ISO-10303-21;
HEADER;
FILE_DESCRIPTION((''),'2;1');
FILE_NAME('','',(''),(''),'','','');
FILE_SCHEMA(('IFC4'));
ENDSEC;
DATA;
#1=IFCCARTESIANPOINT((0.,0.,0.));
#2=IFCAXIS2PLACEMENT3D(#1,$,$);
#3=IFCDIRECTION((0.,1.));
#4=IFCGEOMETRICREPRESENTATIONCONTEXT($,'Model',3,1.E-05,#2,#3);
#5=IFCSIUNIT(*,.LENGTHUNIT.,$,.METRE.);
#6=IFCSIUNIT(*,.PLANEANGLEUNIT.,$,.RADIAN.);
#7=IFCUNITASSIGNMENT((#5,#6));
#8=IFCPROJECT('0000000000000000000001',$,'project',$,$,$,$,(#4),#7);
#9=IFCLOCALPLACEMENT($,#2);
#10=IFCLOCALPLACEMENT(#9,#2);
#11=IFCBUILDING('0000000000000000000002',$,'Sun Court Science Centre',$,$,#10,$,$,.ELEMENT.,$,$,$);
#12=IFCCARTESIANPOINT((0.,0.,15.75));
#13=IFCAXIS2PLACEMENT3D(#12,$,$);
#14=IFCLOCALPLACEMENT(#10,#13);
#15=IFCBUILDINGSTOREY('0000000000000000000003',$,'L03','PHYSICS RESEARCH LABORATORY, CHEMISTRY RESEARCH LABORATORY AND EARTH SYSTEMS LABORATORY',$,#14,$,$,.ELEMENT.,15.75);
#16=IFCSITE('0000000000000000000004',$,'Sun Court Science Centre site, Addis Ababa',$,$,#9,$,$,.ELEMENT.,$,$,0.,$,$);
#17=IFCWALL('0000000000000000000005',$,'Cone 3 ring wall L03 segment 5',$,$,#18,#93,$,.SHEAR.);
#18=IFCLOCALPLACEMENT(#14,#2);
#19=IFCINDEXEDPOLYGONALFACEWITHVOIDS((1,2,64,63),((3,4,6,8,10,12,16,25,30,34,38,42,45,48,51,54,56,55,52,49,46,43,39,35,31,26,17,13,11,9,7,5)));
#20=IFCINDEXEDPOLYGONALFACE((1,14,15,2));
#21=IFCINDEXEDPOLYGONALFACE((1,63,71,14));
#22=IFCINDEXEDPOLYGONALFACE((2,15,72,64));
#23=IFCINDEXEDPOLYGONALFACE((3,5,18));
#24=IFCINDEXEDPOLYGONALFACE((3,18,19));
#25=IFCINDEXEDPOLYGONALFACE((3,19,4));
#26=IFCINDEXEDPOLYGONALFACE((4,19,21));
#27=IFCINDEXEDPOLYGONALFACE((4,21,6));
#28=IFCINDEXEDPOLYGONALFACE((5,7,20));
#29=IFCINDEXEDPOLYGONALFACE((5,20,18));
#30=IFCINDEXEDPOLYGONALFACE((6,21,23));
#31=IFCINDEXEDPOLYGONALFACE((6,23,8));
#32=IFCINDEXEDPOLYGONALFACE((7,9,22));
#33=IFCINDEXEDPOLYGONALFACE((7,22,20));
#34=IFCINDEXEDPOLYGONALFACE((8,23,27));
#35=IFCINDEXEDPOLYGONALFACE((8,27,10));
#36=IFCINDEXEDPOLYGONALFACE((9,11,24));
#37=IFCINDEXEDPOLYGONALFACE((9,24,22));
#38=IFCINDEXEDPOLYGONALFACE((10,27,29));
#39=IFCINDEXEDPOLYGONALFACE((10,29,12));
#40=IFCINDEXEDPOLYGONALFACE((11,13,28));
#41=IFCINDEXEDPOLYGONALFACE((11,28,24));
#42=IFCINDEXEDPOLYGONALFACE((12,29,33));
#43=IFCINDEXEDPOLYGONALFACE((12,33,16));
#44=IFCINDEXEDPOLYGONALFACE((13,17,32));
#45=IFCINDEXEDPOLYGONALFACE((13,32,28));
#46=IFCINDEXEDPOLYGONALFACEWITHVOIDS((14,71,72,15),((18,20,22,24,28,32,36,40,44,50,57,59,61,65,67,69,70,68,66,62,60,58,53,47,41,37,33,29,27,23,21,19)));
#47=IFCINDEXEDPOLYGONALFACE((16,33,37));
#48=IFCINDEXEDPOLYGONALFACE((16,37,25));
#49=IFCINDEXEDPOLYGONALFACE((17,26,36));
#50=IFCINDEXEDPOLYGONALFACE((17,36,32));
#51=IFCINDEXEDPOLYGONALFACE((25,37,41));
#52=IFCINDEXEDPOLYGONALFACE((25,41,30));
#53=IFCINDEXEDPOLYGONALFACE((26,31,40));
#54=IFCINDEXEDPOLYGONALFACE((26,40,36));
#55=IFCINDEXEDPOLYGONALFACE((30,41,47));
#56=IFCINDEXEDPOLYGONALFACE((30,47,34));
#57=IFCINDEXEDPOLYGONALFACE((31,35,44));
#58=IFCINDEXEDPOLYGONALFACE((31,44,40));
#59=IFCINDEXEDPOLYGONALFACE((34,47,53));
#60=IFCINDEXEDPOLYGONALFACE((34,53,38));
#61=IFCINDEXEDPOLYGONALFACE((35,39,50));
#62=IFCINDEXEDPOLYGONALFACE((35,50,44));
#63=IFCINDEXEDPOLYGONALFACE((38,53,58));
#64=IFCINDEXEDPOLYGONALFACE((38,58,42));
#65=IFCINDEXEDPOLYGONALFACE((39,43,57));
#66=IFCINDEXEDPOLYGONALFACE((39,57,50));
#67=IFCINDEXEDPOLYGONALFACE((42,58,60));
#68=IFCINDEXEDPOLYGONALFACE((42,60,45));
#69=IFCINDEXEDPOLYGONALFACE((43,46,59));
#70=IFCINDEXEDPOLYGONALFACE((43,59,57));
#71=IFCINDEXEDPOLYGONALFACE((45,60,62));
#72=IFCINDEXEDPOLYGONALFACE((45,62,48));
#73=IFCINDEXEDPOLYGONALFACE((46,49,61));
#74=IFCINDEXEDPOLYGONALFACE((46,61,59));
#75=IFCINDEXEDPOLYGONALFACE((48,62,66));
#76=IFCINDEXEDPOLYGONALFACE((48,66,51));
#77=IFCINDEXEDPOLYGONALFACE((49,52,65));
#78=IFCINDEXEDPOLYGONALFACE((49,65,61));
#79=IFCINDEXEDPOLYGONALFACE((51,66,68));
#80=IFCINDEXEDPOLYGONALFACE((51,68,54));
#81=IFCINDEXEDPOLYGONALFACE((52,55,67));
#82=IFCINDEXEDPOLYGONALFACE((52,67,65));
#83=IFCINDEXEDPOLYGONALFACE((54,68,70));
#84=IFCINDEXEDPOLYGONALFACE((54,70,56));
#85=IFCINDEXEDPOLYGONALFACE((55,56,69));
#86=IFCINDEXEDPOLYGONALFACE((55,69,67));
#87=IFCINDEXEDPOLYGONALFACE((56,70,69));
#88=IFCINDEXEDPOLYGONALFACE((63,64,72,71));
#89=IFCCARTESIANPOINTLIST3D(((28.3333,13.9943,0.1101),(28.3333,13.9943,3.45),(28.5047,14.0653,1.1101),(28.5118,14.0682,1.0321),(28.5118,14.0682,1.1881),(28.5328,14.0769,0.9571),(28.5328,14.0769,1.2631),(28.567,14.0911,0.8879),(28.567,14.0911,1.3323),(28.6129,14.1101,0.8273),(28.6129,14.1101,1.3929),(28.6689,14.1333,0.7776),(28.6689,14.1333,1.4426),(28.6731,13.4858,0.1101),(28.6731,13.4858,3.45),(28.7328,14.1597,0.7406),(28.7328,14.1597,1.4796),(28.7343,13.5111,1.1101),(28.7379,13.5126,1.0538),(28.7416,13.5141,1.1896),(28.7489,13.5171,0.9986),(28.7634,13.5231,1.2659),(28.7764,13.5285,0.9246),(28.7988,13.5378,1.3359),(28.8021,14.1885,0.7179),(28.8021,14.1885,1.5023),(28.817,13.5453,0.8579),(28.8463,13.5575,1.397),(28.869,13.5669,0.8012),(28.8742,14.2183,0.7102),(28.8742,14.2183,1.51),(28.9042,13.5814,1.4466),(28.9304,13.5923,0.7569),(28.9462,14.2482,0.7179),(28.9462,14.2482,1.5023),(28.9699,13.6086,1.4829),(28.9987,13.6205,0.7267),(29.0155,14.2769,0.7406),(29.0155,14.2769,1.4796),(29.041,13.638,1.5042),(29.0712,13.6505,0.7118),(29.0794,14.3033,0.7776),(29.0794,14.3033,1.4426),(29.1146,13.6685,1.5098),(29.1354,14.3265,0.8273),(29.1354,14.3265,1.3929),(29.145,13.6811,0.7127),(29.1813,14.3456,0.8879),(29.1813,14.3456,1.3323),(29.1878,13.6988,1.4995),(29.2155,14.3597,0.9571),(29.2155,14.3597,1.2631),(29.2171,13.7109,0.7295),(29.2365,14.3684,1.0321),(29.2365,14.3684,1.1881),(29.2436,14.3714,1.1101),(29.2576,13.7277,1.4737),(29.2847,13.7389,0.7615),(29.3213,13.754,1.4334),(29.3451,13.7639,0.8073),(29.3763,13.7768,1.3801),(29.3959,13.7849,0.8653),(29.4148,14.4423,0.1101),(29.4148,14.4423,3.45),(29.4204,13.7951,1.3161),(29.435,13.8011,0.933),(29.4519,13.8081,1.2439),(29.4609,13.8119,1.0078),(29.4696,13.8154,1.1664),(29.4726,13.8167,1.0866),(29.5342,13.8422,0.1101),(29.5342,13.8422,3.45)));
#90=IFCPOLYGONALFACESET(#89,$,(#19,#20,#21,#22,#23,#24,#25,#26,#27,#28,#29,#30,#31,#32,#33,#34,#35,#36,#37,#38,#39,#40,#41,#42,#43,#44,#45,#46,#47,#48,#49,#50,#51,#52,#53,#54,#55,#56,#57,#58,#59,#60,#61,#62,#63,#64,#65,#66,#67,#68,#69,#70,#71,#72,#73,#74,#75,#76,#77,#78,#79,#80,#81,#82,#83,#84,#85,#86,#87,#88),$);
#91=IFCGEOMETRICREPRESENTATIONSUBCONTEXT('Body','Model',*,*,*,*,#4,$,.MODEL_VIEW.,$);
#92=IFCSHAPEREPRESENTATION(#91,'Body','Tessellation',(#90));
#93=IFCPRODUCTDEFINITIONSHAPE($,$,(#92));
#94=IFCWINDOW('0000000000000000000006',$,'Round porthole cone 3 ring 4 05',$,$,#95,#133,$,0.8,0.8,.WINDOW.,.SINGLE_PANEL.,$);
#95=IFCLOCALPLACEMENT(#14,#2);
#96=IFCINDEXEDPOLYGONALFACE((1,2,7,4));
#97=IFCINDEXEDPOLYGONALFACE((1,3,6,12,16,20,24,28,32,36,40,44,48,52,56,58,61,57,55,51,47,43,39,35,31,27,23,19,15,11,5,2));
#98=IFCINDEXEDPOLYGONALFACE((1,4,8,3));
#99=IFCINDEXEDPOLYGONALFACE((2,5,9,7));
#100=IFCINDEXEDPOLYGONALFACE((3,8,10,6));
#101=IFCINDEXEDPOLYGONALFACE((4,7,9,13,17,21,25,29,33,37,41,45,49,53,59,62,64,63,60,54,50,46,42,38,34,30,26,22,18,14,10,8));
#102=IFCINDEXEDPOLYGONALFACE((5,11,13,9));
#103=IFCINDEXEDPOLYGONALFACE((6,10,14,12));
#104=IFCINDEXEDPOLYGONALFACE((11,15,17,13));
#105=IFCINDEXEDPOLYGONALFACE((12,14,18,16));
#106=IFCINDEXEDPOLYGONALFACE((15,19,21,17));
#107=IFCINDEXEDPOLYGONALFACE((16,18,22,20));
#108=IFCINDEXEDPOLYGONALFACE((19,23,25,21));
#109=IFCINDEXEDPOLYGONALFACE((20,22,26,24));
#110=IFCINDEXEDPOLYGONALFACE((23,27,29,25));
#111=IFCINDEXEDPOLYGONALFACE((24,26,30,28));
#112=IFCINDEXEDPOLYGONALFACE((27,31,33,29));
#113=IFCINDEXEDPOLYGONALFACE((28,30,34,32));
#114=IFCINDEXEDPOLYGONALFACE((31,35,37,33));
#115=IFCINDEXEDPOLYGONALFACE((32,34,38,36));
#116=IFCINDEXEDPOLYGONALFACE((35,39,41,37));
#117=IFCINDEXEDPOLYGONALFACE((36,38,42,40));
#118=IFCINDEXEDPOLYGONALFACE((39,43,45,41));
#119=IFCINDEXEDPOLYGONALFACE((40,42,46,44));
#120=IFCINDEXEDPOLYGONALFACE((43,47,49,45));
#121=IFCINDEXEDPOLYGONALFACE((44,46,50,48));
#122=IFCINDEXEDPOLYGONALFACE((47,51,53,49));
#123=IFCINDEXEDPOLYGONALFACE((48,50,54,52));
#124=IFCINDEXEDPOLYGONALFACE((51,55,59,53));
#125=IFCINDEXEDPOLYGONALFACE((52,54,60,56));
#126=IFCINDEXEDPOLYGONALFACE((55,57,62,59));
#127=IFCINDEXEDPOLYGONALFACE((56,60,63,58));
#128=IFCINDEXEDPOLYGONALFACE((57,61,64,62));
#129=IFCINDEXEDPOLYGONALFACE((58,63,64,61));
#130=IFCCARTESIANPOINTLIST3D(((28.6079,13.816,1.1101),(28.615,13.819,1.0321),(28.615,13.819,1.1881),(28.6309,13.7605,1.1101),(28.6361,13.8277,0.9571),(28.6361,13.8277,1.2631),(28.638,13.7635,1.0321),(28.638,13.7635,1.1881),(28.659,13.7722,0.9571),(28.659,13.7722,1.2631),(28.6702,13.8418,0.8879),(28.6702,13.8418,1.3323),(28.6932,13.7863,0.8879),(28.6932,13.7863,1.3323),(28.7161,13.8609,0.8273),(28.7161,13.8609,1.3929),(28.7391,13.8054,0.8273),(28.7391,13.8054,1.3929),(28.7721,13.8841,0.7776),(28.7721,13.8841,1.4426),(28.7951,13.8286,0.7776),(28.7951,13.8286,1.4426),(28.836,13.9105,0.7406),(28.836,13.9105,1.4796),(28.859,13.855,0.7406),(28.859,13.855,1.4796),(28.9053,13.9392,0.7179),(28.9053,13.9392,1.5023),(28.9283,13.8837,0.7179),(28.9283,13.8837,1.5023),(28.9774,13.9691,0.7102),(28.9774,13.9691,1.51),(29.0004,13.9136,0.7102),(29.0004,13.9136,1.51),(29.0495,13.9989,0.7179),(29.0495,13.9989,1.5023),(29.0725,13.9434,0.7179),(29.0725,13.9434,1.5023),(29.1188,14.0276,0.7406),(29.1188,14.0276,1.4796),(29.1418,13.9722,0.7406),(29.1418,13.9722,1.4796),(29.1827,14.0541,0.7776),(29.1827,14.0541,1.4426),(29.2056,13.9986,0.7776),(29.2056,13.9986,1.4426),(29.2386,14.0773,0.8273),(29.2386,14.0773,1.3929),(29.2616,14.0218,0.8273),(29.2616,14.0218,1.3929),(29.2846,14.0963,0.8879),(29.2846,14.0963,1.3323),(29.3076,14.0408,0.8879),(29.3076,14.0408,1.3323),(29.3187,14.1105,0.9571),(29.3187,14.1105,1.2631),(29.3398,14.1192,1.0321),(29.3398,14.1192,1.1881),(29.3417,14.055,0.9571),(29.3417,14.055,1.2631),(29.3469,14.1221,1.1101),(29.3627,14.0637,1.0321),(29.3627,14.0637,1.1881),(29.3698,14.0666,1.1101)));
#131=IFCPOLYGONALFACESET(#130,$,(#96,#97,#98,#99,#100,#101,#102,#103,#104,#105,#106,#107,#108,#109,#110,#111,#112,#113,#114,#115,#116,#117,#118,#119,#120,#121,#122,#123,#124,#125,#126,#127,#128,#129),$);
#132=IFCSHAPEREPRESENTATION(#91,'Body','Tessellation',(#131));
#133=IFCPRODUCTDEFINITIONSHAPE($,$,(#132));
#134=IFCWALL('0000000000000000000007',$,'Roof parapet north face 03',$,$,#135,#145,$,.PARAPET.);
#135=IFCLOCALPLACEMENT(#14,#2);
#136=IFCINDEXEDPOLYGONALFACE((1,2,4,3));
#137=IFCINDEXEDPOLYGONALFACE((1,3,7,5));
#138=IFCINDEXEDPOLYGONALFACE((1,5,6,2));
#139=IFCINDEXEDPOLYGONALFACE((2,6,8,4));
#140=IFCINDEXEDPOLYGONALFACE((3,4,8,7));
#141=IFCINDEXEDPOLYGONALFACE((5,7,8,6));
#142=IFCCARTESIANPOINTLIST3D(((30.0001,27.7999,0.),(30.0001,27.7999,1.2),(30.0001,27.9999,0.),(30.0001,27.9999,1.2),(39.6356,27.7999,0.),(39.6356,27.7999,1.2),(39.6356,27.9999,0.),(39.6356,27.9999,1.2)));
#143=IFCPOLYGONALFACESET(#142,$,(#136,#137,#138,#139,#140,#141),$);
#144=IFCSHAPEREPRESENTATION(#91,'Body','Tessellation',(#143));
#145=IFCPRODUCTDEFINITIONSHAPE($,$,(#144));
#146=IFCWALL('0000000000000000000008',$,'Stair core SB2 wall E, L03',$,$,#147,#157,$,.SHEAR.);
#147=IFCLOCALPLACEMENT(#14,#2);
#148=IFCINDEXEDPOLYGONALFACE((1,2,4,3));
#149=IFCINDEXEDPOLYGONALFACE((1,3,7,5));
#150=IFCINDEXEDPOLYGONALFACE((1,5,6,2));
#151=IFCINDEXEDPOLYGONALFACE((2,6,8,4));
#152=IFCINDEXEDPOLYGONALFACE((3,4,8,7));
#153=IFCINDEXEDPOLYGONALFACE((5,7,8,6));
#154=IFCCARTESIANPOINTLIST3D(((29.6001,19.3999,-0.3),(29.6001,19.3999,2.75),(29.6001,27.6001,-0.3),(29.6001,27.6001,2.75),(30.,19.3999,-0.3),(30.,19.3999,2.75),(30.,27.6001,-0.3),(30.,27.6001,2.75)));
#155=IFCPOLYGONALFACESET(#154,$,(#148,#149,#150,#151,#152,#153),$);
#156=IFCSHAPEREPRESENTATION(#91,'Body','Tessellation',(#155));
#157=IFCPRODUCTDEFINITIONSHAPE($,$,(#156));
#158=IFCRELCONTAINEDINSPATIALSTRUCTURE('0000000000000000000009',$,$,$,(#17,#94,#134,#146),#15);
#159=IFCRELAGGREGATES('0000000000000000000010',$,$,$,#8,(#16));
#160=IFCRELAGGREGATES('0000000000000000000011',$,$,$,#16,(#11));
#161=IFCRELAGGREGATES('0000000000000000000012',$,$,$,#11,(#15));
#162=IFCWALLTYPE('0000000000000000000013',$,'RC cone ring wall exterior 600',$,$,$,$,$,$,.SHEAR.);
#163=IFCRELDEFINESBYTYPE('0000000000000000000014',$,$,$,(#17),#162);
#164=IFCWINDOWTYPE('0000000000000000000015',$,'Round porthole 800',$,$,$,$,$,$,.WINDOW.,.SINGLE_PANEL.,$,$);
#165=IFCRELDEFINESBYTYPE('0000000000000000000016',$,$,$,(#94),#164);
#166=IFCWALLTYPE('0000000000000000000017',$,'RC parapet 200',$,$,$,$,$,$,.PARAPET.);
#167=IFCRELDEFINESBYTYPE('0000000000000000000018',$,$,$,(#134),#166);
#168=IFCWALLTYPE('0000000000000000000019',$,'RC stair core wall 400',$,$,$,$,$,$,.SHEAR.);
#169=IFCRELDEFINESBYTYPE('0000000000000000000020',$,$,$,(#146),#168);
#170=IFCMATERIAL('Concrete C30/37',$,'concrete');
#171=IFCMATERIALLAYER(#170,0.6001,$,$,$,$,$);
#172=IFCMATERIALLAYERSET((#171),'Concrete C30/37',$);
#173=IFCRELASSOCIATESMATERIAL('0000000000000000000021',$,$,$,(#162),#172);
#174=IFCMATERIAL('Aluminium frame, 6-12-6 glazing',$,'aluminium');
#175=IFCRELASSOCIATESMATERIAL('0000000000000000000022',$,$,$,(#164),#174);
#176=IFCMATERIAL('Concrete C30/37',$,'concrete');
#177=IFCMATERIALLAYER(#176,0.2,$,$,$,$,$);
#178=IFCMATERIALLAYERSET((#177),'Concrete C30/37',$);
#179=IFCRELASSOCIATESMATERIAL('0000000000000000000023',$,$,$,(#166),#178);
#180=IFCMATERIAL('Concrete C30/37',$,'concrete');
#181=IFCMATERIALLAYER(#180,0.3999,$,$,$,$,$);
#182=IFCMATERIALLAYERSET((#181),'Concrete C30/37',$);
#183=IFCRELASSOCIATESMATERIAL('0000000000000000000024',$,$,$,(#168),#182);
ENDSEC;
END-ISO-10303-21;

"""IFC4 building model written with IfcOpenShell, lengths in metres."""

from ifc_helpers import new_model, si_unit, direction, frame, frame_2d, origin, place, context, subcontext, project, spatial, polyline, rectangle, circle, outline, extrude, material, layer, layer_set, type_object, element, fill, save


model = new_model("IFC4")

# Units and contexts
model_context = context("Model", 3, precision=1e-05, world=origin(), true_north=direction((0.0, 1.0)))
body_context = subcontext(model_context, "Body", "Model", "MODEL_VIEW")
ifc_project = project(units=[si_unit("LENGTHUNIT", "METRE"), si_unit("PLANEANGLEUNIT", "RADIAN")], contexts=[model_context])

# Site, building, storey
site_placement = place(None, origin())
site = spatial("IfcSite", under=ifc_project, at=site_placement, Name="Sun Court Science Centre site, Addis Ababa", CompositionType="ELEMENT", RefElevation=0.0)
building_placement = place(site_placement, origin())
building = spatial("IfcBuilding", under=site, at=building_placement, Name="Sun Court Science Centre", CompositionType="ELEMENT")
storey_placement = place(building_placement, frame((0.0, 0.0, 15.75)))
storey = spatial("IfcBuildingStorey", under=building, at=storey_placement, Name="L03", Description="PHYSICS RESEARCH LABORATORY, CHEMISTRY RESEARCH LABORATORY AND EARTH SYSTEMS LABORATORY", CompositionType="ELEMENT", Elevation=15.75)

# Wall, opening, window
ifc_material_1 = material(Name="Concrete C30/37", Category="concrete")
ifc_layer_1 = layer(ifc_material_1, 0.6001)
ifc_layer_set_1 = layer_set([ifc_layer_1], Name="Concrete C30/37")
wall_type_1 = type_object("IfcWallType", Name="RC cone ring wall exterior 600", PredefinedType="SHEAR", material=ifc_layer_set_1)
ifc_material_2 = material(Name="Aluminium frame, 6-12-6 glazing", Category="aluminium")
window_type = type_object("IfcWindowType", Name="Round porthole 800", PartitioningType="SINGLE_PANEL", PredefinedType="WINDOW", material=ifc_material_2)
wall_1_placement = place(storey_placement, frame((29.5295, 14.1653, 0.1101), z_axis=(0.0, 0.0, 1.0), x_axis=(-0.923877, -0.382689, 0.0)))
wall_1 = element("IfcWall", 1, at=wall_1_placement, inside=storey, type_object=wall_type_1, Name="Cone 3 ring wall L03 segment 5", PredefinedType="SHEAR", context=body_context, shape_type="SweptSolid", body=[
    extrude(outline(polyline([(0.0, -0.2998), (1.1707, -0.2998), (1.0513, 0.3), (0.1194, 0.3003), (0.0, -0.2998)])), origin(), (0.0, 0.0, 1.0), 3.3398),
])
opening_1_placement = place(wall_1_placement, frame((0.1853, 0.0, 0.6001)))
opening_1 = element("IfcOpeningElement", 2, at=opening_1_placement, cuts=wall_1, PredefinedType="OPENING", context=body_context, shape_type="SweptSolid", body=[
    extrude(circle(Radius=0.3999, at=frame_2d((0.3999, 0.3999))), frame((0.0, 0.3101, 0.0), z_axis=(0.0, -1.0, 0.0), x_axis=(1.0, 0.0, 0.0)), (0.0, 0.0, 1.0), 0.6201),
])
window_1_placement = place(opening_1_placement, origin())
window_1 = element("IfcWindow", 3, at=window_1_placement, inside=storey, type_object=window_type, Name="Round porthole cone 3 ring 4 05", OverallHeight=0.8, OverallWidth=0.8, PartitioningType="SINGLE_PANEL", PredefinedType="WINDOW", context=body_context, shape_type="SweptSolid", body=[
    extrude(circle(Radius=0.3999, at=frame_2d((0.3999, 0.3999))), frame((0.0, 0.03, 0.0), z_axis=(0.0, -1.0, 0.0), x_axis=(1.0, 0.0, 0.0)), (0.0, 0.0, 1.0), 0.0601),
])
fill(opening_1, window_1)

# Walls
ifc_material_3 = material(Name="Concrete C30/37", Category="concrete")
ifc_layer_2 = layer(ifc_material_3, 0.2)
ifc_layer_set_2 = layer_set([ifc_layer_2], Name="Concrete C30/37")
wall_type_2 = type_object("IfcWallType", Name="RC parapet 200", PredefinedType="PARAPET", material=ifc_layer_set_2)
wall_2_placement = place(storey_placement, frame((30.0, 27.8999, 0.0), z_axis=(0.0, 0.0, 1.0), x_axis=(1.0, 0.0, 0.0)))
element("IfcWall", 4, at=wall_2_placement, inside=storey, type_object=wall_type_2, Name="Roof parapet north face 03", PredefinedType="PARAPET", context=body_context, shape_type="SweptSolid", body=[
    extrude(rectangle(XDim=9.6355, YDim=0.2, at=frame_2d((4.8179, 0.0))), origin(), (0.0, 0.0, 1.0), 1.2),
])
ifc_material_4 = material(Name="Concrete C30/37", Category="concrete")
ifc_layer_3 = layer(ifc_material_4, 0.3999)
ifc_layer_set_3 = layer_set([ifc_layer_3], Name="Concrete C30/37")
wall_type_3 = type_object("IfcWallType", Name="RC stair core wall 400", PredefinedType="SHEAR", material=ifc_layer_set_3)
wall_3_placement = place(storey_placement, frame((29.8, 19.3999, -0.3), z_axis=(0.0, 0.0, 1.0), x_axis=(0.0, 1.0, 0.0)))
element("IfcWall", 5, at=wall_3_placement, inside=storey, type_object=wall_type_3, Name="Stair core SB2 wall E, L03", PredefinedType="SHEAR", context=body_context, shape_type="SweptSolid", body=[
    extrude(rectangle(XDim=8.2002, YDim=0.3999, at=frame_2d((4.1001, 0.0))), origin(), (0.0, 0.0, 1.0), 3.05),
])

save(model, "model.ifc")
